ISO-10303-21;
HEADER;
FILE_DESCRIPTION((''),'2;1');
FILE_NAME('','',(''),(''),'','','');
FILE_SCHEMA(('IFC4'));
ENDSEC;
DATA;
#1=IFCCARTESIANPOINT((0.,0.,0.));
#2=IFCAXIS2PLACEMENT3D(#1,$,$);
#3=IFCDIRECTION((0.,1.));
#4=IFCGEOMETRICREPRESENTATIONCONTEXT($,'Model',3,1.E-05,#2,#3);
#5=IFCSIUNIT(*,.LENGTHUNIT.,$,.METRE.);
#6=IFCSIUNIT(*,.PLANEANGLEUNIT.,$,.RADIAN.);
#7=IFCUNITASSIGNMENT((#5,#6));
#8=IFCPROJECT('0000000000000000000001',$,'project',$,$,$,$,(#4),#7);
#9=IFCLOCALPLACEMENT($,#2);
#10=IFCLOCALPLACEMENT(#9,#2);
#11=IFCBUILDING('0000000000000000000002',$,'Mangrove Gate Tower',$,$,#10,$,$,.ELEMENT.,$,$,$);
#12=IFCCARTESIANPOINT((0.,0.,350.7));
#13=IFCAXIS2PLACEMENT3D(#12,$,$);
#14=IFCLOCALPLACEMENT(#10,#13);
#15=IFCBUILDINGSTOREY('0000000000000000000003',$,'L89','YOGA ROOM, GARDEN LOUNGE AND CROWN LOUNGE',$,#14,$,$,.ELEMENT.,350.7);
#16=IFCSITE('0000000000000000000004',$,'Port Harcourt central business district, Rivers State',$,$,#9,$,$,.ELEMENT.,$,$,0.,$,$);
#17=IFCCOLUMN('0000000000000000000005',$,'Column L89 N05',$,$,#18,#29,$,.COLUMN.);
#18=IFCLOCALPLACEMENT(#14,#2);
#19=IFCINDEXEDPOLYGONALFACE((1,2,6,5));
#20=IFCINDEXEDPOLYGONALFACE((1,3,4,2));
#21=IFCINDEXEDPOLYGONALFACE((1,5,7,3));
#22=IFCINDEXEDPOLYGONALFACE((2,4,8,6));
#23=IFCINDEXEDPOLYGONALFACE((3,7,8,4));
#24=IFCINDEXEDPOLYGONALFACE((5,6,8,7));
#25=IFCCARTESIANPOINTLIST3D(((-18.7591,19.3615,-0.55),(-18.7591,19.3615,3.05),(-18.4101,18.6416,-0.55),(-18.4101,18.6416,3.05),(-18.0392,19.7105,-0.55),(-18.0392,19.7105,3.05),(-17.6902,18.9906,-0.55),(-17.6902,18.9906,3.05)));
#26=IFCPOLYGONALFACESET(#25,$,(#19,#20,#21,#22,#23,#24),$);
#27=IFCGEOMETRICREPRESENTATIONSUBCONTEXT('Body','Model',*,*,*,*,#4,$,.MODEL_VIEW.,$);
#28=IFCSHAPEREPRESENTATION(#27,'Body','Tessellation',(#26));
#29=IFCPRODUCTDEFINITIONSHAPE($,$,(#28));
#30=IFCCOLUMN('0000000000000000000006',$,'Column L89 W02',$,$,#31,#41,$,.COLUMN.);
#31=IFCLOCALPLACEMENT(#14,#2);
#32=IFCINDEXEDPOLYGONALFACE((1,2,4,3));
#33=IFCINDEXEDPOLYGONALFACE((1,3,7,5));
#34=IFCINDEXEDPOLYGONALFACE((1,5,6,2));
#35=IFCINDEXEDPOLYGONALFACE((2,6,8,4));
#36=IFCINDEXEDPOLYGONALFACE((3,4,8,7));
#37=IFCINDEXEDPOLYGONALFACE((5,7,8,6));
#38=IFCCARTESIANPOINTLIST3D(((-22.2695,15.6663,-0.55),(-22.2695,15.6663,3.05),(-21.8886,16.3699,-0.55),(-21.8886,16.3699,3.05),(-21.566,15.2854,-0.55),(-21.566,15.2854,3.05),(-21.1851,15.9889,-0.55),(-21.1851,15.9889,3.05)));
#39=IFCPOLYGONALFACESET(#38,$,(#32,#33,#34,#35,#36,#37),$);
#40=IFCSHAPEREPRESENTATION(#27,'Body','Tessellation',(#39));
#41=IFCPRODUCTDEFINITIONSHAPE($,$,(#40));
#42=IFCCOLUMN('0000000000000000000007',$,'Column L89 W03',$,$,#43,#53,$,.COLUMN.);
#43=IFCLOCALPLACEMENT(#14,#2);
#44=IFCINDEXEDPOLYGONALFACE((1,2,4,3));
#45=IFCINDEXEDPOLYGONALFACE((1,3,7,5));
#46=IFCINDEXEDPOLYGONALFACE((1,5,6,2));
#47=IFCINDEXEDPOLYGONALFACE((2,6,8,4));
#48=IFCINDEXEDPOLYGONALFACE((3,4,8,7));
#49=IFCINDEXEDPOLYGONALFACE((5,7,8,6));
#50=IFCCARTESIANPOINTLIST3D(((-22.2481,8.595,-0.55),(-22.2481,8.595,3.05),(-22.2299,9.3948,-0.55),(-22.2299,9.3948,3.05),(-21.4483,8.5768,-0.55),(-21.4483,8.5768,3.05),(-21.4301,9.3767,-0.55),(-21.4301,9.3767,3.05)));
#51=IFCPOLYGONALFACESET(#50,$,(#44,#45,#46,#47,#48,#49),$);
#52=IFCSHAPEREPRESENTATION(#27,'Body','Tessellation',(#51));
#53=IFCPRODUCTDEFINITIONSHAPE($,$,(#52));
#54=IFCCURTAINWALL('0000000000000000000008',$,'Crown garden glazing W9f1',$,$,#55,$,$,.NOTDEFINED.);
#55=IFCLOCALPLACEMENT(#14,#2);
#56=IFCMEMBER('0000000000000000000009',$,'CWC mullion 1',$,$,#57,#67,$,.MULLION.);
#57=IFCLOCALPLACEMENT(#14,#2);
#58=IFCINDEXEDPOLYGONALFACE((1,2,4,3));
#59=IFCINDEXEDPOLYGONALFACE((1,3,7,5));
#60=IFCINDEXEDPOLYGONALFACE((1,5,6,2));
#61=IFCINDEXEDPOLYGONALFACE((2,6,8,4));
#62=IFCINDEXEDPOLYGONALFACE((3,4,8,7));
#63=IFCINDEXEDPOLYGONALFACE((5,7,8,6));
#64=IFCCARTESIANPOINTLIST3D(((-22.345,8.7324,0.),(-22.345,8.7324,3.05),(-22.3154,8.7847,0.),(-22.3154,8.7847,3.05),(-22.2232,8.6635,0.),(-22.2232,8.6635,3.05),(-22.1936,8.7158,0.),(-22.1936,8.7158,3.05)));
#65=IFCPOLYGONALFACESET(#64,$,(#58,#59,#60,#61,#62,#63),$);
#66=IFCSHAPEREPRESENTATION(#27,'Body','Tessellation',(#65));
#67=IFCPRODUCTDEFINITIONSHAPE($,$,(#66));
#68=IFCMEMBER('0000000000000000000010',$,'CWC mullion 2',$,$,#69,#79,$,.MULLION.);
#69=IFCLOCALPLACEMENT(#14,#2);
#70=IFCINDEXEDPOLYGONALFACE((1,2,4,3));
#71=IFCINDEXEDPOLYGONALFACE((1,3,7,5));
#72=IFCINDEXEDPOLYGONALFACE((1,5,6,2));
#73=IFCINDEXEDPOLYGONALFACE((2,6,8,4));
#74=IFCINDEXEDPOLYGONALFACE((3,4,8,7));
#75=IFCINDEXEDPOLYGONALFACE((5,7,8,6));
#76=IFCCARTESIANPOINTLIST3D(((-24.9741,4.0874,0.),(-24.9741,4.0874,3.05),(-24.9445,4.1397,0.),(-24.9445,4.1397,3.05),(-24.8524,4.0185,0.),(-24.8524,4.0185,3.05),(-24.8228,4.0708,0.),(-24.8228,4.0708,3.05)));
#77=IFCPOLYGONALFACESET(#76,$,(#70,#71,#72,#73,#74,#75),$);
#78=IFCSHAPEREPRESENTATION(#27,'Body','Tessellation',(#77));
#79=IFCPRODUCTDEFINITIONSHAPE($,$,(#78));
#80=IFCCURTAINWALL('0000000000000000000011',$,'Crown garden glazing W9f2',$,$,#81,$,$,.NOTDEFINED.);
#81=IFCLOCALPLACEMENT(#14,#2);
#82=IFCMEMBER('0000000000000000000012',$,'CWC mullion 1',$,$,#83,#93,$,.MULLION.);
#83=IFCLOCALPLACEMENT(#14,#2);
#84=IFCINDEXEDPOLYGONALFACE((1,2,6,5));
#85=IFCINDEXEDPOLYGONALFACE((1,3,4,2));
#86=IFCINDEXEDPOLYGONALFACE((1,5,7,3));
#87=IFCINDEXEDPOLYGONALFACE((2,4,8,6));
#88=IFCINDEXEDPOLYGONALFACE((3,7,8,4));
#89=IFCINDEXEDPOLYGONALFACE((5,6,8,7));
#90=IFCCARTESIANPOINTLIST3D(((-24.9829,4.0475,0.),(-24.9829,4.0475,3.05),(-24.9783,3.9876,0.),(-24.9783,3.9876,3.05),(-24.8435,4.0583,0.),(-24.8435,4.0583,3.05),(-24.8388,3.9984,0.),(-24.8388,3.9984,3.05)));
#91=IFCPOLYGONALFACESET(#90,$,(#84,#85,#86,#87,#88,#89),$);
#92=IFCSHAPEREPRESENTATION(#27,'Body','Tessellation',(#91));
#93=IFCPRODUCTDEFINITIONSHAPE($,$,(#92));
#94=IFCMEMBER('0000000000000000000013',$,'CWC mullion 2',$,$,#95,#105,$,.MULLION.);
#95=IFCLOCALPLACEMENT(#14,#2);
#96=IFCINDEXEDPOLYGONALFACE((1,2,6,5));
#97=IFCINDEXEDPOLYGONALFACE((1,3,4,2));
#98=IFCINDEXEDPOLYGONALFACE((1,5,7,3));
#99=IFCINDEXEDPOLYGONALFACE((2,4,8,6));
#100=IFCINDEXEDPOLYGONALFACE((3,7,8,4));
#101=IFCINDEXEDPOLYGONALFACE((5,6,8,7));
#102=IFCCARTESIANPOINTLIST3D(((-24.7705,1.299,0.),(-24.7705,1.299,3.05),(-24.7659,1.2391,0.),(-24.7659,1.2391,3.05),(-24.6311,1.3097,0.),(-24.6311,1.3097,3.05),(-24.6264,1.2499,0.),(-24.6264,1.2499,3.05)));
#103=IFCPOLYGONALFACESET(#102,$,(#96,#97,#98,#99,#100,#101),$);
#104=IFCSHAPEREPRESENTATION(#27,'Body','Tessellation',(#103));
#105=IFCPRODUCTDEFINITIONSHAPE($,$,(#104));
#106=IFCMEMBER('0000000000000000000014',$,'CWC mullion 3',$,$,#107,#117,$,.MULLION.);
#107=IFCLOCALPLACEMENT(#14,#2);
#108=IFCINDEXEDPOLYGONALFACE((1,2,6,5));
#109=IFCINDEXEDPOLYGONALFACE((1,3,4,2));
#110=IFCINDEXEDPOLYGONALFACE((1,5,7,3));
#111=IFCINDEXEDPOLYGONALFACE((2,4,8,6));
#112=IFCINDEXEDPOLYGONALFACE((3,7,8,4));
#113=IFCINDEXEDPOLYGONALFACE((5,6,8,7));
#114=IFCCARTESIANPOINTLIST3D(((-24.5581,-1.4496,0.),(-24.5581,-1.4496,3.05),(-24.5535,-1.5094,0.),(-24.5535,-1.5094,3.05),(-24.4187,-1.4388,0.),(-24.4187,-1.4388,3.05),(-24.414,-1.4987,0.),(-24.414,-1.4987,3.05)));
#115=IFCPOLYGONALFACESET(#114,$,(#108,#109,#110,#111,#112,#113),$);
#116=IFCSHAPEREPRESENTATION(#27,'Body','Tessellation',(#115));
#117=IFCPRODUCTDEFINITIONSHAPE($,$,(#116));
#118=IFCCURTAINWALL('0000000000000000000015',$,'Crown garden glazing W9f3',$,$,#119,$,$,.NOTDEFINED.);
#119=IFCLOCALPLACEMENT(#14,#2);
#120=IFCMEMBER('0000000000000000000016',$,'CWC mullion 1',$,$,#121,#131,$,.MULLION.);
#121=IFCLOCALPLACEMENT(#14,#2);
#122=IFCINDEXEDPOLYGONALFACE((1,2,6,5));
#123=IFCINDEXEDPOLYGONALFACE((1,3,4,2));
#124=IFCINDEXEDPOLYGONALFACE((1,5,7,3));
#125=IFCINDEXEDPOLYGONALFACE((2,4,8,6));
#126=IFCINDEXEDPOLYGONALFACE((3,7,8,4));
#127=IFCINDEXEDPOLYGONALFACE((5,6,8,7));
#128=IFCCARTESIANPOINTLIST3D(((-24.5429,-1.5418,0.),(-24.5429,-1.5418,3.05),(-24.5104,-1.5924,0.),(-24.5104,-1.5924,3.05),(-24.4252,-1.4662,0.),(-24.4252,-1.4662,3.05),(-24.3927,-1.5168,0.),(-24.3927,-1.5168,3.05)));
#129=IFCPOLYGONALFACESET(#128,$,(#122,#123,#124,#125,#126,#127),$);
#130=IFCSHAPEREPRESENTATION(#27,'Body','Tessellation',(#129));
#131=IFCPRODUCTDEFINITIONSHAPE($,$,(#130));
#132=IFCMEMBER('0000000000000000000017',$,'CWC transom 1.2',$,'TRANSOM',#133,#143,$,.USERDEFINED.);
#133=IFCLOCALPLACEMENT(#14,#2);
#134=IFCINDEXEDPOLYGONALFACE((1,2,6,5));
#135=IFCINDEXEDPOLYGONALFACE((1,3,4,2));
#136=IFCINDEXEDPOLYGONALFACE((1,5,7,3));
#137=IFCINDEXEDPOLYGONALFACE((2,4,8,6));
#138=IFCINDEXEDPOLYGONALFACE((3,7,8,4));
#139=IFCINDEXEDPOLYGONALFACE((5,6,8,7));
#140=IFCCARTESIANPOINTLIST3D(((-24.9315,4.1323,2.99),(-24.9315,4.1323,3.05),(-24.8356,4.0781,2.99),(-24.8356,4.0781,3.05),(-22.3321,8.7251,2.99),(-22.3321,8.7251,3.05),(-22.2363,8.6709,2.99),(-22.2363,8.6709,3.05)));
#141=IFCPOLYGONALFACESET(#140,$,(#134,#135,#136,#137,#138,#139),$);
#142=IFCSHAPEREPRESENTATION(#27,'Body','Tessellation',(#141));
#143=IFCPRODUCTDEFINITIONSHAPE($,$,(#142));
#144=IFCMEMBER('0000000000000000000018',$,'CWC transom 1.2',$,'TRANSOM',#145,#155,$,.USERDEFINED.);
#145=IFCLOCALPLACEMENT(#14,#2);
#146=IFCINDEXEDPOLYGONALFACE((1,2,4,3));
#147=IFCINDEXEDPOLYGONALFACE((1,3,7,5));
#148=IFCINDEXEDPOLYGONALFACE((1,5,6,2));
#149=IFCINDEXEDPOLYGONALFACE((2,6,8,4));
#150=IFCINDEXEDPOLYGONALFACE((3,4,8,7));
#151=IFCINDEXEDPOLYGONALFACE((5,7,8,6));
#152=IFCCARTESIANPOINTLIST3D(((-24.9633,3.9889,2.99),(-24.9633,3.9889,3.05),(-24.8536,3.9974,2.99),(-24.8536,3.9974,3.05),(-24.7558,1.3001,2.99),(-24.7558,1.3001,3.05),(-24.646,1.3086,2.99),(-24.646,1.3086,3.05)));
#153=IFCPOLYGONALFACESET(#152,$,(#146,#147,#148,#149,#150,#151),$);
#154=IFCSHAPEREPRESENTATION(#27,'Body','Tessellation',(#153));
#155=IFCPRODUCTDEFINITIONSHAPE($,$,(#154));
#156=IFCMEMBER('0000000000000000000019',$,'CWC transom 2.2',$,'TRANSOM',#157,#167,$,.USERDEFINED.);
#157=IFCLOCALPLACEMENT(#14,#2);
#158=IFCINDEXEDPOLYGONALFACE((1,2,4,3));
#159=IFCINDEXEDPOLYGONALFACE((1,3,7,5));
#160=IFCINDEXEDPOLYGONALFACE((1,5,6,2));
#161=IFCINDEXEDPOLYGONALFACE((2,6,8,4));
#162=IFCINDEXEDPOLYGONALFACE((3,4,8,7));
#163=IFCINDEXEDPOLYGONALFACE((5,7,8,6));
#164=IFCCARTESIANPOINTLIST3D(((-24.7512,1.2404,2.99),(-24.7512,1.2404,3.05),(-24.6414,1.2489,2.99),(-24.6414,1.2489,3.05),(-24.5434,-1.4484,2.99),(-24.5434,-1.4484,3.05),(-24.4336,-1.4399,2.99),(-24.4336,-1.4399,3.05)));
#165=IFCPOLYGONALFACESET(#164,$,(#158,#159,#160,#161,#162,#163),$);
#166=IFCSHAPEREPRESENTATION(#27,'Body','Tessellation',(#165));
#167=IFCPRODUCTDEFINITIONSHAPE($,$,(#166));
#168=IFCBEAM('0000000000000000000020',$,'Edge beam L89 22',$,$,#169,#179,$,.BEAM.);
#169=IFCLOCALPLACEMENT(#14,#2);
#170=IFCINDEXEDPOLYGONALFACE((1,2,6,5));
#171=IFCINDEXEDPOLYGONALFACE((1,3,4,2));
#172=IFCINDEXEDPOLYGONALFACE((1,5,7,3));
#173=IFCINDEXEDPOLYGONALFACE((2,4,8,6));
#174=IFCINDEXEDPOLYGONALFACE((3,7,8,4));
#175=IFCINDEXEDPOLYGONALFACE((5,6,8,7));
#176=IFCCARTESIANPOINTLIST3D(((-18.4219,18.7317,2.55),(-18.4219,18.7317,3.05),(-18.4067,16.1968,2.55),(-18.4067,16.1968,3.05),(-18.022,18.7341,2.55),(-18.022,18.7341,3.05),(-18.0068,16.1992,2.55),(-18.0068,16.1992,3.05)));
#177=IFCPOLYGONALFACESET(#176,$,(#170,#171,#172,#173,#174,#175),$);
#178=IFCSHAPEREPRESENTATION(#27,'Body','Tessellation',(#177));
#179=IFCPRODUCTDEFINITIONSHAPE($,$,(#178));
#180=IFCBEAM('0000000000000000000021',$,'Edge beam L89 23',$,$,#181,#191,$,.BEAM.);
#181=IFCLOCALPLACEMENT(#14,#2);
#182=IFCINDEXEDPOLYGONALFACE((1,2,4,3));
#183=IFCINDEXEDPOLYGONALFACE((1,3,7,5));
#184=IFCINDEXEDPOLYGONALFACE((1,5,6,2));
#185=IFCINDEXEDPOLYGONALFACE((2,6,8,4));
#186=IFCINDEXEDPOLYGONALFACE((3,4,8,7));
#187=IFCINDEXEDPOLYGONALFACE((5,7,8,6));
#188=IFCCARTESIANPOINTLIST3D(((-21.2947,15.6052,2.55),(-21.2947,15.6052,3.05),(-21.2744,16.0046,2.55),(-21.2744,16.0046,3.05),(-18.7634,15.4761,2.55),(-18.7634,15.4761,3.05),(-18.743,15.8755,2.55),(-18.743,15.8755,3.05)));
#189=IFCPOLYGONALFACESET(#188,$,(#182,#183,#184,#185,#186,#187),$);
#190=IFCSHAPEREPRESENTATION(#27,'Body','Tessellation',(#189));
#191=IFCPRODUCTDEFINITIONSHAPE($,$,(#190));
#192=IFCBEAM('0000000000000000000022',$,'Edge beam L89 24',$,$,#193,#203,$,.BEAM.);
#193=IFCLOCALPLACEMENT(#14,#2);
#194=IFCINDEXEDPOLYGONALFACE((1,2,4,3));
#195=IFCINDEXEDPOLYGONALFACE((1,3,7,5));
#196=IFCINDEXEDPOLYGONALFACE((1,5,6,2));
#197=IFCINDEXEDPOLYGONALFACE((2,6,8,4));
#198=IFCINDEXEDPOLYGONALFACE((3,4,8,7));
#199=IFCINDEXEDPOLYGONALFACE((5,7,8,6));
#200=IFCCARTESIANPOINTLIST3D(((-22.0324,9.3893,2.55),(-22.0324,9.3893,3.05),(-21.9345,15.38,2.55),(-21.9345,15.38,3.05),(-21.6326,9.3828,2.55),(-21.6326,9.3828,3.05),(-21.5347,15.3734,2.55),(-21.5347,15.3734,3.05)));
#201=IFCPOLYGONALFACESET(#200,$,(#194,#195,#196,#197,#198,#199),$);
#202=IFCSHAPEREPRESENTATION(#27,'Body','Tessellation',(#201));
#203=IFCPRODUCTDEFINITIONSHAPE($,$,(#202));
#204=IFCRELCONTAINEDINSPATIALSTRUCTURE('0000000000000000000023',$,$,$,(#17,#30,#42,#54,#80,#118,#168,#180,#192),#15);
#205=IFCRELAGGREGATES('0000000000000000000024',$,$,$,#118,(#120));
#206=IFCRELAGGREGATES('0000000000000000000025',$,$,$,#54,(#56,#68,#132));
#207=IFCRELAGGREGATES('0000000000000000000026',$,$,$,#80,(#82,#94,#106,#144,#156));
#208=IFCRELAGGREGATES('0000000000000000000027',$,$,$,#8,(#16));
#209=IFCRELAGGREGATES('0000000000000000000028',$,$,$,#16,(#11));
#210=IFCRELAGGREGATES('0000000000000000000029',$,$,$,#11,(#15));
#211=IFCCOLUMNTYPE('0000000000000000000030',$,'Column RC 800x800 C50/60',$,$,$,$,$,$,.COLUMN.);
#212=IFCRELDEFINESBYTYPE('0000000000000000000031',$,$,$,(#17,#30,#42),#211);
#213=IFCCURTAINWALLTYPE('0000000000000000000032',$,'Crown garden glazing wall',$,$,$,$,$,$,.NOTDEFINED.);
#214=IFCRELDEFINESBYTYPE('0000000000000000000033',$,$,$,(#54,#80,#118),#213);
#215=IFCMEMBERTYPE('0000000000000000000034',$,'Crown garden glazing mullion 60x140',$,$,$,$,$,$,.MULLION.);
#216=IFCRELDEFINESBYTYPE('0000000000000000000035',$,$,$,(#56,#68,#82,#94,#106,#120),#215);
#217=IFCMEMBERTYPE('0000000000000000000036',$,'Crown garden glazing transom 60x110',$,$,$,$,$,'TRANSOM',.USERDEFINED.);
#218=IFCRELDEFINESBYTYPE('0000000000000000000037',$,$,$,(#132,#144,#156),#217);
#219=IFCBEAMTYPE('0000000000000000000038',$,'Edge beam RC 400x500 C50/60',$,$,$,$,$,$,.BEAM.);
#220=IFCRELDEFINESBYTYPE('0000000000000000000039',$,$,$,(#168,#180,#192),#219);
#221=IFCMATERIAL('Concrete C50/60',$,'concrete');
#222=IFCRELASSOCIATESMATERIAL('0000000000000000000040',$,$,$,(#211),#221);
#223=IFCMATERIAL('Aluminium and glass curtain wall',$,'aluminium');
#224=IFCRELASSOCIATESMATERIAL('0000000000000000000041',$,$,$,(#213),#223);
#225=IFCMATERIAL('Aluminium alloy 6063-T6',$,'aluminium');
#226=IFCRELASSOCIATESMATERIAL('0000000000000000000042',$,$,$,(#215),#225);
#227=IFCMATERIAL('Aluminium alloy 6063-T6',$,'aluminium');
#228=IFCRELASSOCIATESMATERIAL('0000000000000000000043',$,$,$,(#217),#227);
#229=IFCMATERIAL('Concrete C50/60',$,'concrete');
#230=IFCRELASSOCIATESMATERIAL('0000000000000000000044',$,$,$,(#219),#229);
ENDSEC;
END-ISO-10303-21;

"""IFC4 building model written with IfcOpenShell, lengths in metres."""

from ifc_helpers import new_model, si_unit, direction, frame, origin, origin_2d, place, context, subcontext, project, spatial, rectangle, extrude, material, material_profile, profile_set, type_object, element, aggregate, save


model = new_model("IFC4")

# Units and contexts
model_context = context("Model", 3, precision=1e-05, world=origin(), true_north=direction((0.0, 1.0)))
body_context = subcontext(model_context, "Body", "Model", "MODEL_VIEW")
ifc_project = project(units=[si_unit("LENGTHUNIT", "METRE"), si_unit("PLANEANGLEUNIT", "RADIAN")], contexts=[model_context])

# Site, building, storey
site_placement = place(None, origin())
site = spatial("IfcSite", under=ifc_project, at=site_placement, Name="Port Harcourt central business district, Rivers State", CompositionType="ELEMENT", RefElevation=0.0)
building_placement = place(site_placement, origin())
building = spatial("IfcBuilding", under=site, at=building_placement, Name="Mangrove Gate Tower", CompositionType="ELEMENT")
storey_placement = place(building_placement, frame((0.0, 0.0, 350.7)))
storey = spatial("IfcBuildingStorey", under=building, at=storey_placement, Name="L89", Description="YOGA ROOM, GARDEN LOUNGE AND CROWN LOUNGE", CompositionType="ELEMENT", Elevation=350.7)

# Columns
ifc_material_1 = material(Name="Concrete C50/60", Category="concrete")
ifc_material_profile_1 = material_profile(ifc_material_1, rectangle(XDim=0.8, YDim=0.8, at=origin_2d()))
ifc_profile_set_1 = profile_set([ifc_material_profile_1], Name="Concrete C50/60")
column_type = type_object("IfcColumnType", Name="Column RC 800x800 C50/60", PredefinedType="COLUMN", material=ifc_profile_set_1)
for number, where, z_axis, x_axis, name in (
    (1, (-18.2246, 19.176, -0.55), (0.0, 0.0, 1.0), (-0.899838, -0.436224, 0.0), "Column L89 N05"),
    (2, (-21.7273, 15.8276, -0.55), (0.0, 0.0, 1.0), (-0.476161, -0.879358, 0.0), "Column L89 W02"),
    (3, (-21.8391, 8.9858, -0.55), (0.0, 0.0, 1.0), (-0.022719, -0.999742, 0.0), "Column L89 W03"),
):
    element("IfcColumn", number, at=place(storey_placement, frame(where, z_axis=z_axis, x_axis=x_axis)), inside=storey, type_object=column_type, Name=name, PredefinedType="COLUMN", context=body_context, shape_type="SweptSolid", body=[
        extrude(rectangle(XDim=0.8, YDim=0.8, at=origin_2d()), origin(), (0.0, 0.0, 1.0), 3.6001),
    ])

# Curtain walls, members
ifc_material_2 = material(Name="Aluminium and glass curtain wall", Category="aluminium")
curtain_wall_type = type_object("IfcCurtainWallType", Name="Crown garden glazing wall", PredefinedType="NOTDEFINED", material=ifc_material_2)
curtain_wall_1_placement = place(storey_placement, origin())
curtain_wall_1 = element("IfcCurtainWall", 4, at=curtain_wall_1_placement, inside=storey, type_object=curtain_wall_type, Name="Crown garden glazing W9f1", PredefinedType="NOTDEFINED")
ifc_material_3 = material(Name="Aluminium alloy 6063-T6", Category="aluminium")
ifc_material_profile_2 = material_profile(ifc_material_3, rectangle(XDim=0.0601, YDim=0.1399, at=origin_2d()))
ifc_profile_set_2 = profile_set([ifc_material_profile_2], Name="Aluminium alloy 6063-T6")
member_type_1 = type_object("IfcMemberType", Name="Crown garden glazing mullion 60x140", PredefinedType="MULLION", material=ifc_profile_set_2)
member_1_placement = place(storey_placement, frame((-22.2693, 8.7241, 0.0), z_axis=(0.0, 0.0, 1.0), x_axis=(-0.492565, -0.870276, 0.0)))
member_1 = element("IfcMember", 5, at=member_1_placement, type_object=member_type_1, Name="CWC mullion 1", PredefinedType="MULLION", context=body_context, shape_type="SweptSolid", body=[
    extrude(rectangle(XDim=0.0601, YDim=0.1399, at=origin_2d()), origin(), (0.0, 0.0, 1.0), 3.05),
])
member_2_placement = place(storey_placement, frame((-24.8984, 4.0791, 0.0), z_axis=(0.0, 0.0, 1.0), x_axis=(-0.492565, -0.870276, 0.0)))
member_2 = element("IfcMember", 6, at=member_2_placement, type_object=member_type_1, Name="CWC mullion 2", PredefinedType="MULLION", context=body_context, shape_type="SweptSolid", body=[
    extrude(rectangle(XDim=0.0601, YDim=0.1399, at=origin_2d()), origin(), (0.0, 0.0, 1.0), 3.05),
])
curtain_wall_2_placement = place(storey_placement, origin())
curtain_wall_2 = element("IfcCurtainWall", 7, at=curtain_wall_2_placement, inside=storey, type_object=curtain_wall_type, Name="Crown garden glazing W9f2", PredefinedType="NOTDEFINED")
member_3_placement = place(storey_placement, frame((-24.9109, 4.0229, 0.0), z_axis=(0.0, 0.0, 1.0), x_axis=(0.077023, -0.997029, 0.0)))
member_3 = element("IfcMember", 8, at=member_3_placement, type_object=member_type_1, Name="CWC mullion 1", PredefinedType="MULLION", context=body_context, shape_type="SweptSolid", body=[
    extrude(rectangle(XDim=0.0601, YDim=0.1399, at=origin_2d()), origin(), (0.0, 0.0, 1.0), 3.05),
])
member_4_placement = place(storey_placement, frame((-24.6985, 1.2744, 0.0), z_axis=(0.0, 0.0, 1.0), x_axis=(0.077023, -0.997029, 0.0)))
member_4 = element("IfcMember", 9, at=member_4_placement, type_object=member_type_1, Name="CWC mullion 2", PredefinedType="MULLION", context=body_context, shape_type="SweptSolid", body=[
    extrude(rectangle(XDim=0.0601, YDim=0.1399, at=origin_2d()), origin(), (0.0, 0.0, 1.0), 3.05),
])
member_5_placement = place(storey_placement, frame((-24.4861, -1.4741, 0.0), z_axis=(0.0, 0.0, 1.0), x_axis=(0.077023, -0.997029, 0.0)))
member_5 = element("IfcMember", 10, at=member_5_placement, type_object=member_type_1, Name="CWC mullion 3", PredefinedType="MULLION", context=body_context, shape_type="SweptSolid", body=[
    extrude(rectangle(XDim=0.0601, YDim=0.1399, at=origin_2d()), origin(), (0.0, 0.0, 1.0), 3.05),
])

# Curtain wall, member
curtain_wall_3_placement = place(storey_placement, origin())
curtain_wall_3 = element("IfcCurtainWall", 11, at=curtain_wall_3_placement, inside=storey, type_object=curtain_wall_type, Name="Crown garden glazing W9f3", PredefinedType="NOTDEFINED")
member_6_placement = place(storey_placement, frame((-24.4678, -1.5293, 0.0), z_axis=(0.0, 0.0, 1.0), x_axis=(0.540496, -0.841347, 0.0)))
member_6 = element("IfcMember", 12, at=member_6_placement, type_object=member_type_1, Name="CWC mullion 1", PredefinedType="MULLION", context=body_context, shape_type="SweptSolid", body=[
    extrude(rectangle(XDim=0.0601, YDim=0.1399, at=origin_2d()), origin(), (0.0, 0.0, 1.0), 3.05),
])
aggregate(curtain_wall_3, [member_6])

# Members
ifc_material_4 = material(Name="Aluminium alloy 6063-T6", Category="aluminium")
ifc_material_profile_3 = material_profile(ifc_material_4, rectangle(XDim=0.0601, YDim=0.1101, at=origin_2d()))
ifc_profile_set_3 = profile_set([ifc_material_profile_3], Name="Aluminium alloy 6063-T6")
member_type_2 = type_object("IfcMemberType", Name="Crown garden glazing transom 60x110", ElementType="TRANSOM", PredefinedType="USERDEFINED", material=ifc_profile_set_3)
member_7_placement = place(storey_placement, frame((-22.2842, 8.698, 3.02), z_axis=(-0.492553, -0.870283, 0.0), x_axis=(0.0, 0.0, 1.0)))
member_7 = element("IfcMember", 13, at=member_7_placement, type_object=member_type_2, Name="CWC transom 1.2", ObjectType="TRANSOM", PredefinedType="USERDEFINED", context=body_context, shape_type="SweptSolid", body=[
    extrude(rectangle(XDim=0.0601, YDim=0.1101, at=origin_2d()), origin(), (0.0, 0.0, 1.0), 5.2773),
])
member_8_placement = place(storey_placement, frame((-24.9084, 3.9932, 3.02), z_axis=(0.076953, -0.997035, 0.0), x_axis=(0.0, 0.0, 1.0)))
member_8 = element("IfcMember", 14, at=member_8_placement, type_object=member_type_2, Name="CWC transom 1.2", ObjectType="TRANSOM", PredefinedType="USERDEFINED", context=body_context, shape_type="SweptSolid", body=[
    extrude(rectangle(XDim=0.0601, YDim=0.1101, at=origin_2d()), origin(), (0.0, 0.0, 1.0), 2.6968),
])
member_9_placement = place(storey_placement, frame((-24.6963, 1.2446, 3.02), z_axis=(0.077043, -0.997028, 0.0), x_axis=(0.0, 0.0, 1.0)))
member_9 = element("IfcMember", 15, at=member_9_placement, type_object=member_type_2, Name="CWC transom 2.2", ObjectType="TRANSOM", PredefinedType="USERDEFINED", context=body_context, shape_type="SweptSolid", body=[
    extrude(rectangle(XDim=0.0601, YDim=0.1101, at=origin_2d()), origin(), (0.0, 0.0, 1.0), 2.6968),
])

# Beams
ifc_material_5 = material(Name="Concrete C50/60", Category="concrete")
ifc_material_profile_4 = material_profile(ifc_material_5, rectangle(XDim=0.3999, YDim=0.5, at=origin_2d()))
ifc_profile_set_4 = profile_set([ifc_material_profile_4], Name="Concrete C50/60")
beam_type_1 = type_object("IfcBeamType", Name="Edge beam RC 400x500 C50/60", PredefinedType="BEAM", material=ifc_profile_set_4)
beam_1_placement = place(storey_placement, frame((-18.2219, 18.7329, 2.8), z_axis=(0.005971, -0.999982, 0.0), x_axis=(0.999982, 0.005971, 0.0)))
element("IfcBeam", 16, at=beam_1_placement, inside=storey, type_object=beam_type_1, Name="Edge beam L89 22", PredefinedType="BEAM", context=body_context, shape_type="SweptSolid", body=[
    extrude(rectangle(XDim=0.3999, YDim=0.5, at=origin_2d()), origin(), (0.0, 0.0, 1.0), 2.5349),
])
beam_2_placement = place(storey_placement, frame((-18.7532, 15.6758, 2.8), z_axis=(-0.998701, 0.050951, 0.0), x_axis=(-0.050951, -0.998701, 0.0)))
element("IfcBeam", 17, at=beam_2_placement, inside=storey, type_object=beam_type_1, Name="Edge beam L89 23", PredefinedType="BEAM", context=body_context, shape_type="SweptSolid", body=[
    extrude(rectangle(XDim=0.3999, YDim=0.5, at=origin_2d()), origin(), (0.0, 0.0, 1.0), 2.5347),
])
beam_3_placement = place(storey_placement, frame((-21.7346, 15.3767, 2.8), z_axis=(-0.01634, -0.999866, 0.0), x_axis=(0.999866, -0.01634, 0.0)))
element("IfcBeam", 18, at=beam_3_placement, inside=storey, type_object=beam_type_1, Name="Edge beam L89 24", PredefinedType="BEAM", context=body_context, shape_type="SweptSolid", body=[
    extrude(rectangle(XDim=0.3999, YDim=0.5, at=origin_2d()), origin(), (0.0, 0.0, 1.0), 5.9915),
])

aggregate(curtain_wall_1, [member_1, member_2, member_7])
aggregate(curtain_wall_2, [member_3, member_4, member_5, member_8, member_9])

save(model, "model.ifc")
